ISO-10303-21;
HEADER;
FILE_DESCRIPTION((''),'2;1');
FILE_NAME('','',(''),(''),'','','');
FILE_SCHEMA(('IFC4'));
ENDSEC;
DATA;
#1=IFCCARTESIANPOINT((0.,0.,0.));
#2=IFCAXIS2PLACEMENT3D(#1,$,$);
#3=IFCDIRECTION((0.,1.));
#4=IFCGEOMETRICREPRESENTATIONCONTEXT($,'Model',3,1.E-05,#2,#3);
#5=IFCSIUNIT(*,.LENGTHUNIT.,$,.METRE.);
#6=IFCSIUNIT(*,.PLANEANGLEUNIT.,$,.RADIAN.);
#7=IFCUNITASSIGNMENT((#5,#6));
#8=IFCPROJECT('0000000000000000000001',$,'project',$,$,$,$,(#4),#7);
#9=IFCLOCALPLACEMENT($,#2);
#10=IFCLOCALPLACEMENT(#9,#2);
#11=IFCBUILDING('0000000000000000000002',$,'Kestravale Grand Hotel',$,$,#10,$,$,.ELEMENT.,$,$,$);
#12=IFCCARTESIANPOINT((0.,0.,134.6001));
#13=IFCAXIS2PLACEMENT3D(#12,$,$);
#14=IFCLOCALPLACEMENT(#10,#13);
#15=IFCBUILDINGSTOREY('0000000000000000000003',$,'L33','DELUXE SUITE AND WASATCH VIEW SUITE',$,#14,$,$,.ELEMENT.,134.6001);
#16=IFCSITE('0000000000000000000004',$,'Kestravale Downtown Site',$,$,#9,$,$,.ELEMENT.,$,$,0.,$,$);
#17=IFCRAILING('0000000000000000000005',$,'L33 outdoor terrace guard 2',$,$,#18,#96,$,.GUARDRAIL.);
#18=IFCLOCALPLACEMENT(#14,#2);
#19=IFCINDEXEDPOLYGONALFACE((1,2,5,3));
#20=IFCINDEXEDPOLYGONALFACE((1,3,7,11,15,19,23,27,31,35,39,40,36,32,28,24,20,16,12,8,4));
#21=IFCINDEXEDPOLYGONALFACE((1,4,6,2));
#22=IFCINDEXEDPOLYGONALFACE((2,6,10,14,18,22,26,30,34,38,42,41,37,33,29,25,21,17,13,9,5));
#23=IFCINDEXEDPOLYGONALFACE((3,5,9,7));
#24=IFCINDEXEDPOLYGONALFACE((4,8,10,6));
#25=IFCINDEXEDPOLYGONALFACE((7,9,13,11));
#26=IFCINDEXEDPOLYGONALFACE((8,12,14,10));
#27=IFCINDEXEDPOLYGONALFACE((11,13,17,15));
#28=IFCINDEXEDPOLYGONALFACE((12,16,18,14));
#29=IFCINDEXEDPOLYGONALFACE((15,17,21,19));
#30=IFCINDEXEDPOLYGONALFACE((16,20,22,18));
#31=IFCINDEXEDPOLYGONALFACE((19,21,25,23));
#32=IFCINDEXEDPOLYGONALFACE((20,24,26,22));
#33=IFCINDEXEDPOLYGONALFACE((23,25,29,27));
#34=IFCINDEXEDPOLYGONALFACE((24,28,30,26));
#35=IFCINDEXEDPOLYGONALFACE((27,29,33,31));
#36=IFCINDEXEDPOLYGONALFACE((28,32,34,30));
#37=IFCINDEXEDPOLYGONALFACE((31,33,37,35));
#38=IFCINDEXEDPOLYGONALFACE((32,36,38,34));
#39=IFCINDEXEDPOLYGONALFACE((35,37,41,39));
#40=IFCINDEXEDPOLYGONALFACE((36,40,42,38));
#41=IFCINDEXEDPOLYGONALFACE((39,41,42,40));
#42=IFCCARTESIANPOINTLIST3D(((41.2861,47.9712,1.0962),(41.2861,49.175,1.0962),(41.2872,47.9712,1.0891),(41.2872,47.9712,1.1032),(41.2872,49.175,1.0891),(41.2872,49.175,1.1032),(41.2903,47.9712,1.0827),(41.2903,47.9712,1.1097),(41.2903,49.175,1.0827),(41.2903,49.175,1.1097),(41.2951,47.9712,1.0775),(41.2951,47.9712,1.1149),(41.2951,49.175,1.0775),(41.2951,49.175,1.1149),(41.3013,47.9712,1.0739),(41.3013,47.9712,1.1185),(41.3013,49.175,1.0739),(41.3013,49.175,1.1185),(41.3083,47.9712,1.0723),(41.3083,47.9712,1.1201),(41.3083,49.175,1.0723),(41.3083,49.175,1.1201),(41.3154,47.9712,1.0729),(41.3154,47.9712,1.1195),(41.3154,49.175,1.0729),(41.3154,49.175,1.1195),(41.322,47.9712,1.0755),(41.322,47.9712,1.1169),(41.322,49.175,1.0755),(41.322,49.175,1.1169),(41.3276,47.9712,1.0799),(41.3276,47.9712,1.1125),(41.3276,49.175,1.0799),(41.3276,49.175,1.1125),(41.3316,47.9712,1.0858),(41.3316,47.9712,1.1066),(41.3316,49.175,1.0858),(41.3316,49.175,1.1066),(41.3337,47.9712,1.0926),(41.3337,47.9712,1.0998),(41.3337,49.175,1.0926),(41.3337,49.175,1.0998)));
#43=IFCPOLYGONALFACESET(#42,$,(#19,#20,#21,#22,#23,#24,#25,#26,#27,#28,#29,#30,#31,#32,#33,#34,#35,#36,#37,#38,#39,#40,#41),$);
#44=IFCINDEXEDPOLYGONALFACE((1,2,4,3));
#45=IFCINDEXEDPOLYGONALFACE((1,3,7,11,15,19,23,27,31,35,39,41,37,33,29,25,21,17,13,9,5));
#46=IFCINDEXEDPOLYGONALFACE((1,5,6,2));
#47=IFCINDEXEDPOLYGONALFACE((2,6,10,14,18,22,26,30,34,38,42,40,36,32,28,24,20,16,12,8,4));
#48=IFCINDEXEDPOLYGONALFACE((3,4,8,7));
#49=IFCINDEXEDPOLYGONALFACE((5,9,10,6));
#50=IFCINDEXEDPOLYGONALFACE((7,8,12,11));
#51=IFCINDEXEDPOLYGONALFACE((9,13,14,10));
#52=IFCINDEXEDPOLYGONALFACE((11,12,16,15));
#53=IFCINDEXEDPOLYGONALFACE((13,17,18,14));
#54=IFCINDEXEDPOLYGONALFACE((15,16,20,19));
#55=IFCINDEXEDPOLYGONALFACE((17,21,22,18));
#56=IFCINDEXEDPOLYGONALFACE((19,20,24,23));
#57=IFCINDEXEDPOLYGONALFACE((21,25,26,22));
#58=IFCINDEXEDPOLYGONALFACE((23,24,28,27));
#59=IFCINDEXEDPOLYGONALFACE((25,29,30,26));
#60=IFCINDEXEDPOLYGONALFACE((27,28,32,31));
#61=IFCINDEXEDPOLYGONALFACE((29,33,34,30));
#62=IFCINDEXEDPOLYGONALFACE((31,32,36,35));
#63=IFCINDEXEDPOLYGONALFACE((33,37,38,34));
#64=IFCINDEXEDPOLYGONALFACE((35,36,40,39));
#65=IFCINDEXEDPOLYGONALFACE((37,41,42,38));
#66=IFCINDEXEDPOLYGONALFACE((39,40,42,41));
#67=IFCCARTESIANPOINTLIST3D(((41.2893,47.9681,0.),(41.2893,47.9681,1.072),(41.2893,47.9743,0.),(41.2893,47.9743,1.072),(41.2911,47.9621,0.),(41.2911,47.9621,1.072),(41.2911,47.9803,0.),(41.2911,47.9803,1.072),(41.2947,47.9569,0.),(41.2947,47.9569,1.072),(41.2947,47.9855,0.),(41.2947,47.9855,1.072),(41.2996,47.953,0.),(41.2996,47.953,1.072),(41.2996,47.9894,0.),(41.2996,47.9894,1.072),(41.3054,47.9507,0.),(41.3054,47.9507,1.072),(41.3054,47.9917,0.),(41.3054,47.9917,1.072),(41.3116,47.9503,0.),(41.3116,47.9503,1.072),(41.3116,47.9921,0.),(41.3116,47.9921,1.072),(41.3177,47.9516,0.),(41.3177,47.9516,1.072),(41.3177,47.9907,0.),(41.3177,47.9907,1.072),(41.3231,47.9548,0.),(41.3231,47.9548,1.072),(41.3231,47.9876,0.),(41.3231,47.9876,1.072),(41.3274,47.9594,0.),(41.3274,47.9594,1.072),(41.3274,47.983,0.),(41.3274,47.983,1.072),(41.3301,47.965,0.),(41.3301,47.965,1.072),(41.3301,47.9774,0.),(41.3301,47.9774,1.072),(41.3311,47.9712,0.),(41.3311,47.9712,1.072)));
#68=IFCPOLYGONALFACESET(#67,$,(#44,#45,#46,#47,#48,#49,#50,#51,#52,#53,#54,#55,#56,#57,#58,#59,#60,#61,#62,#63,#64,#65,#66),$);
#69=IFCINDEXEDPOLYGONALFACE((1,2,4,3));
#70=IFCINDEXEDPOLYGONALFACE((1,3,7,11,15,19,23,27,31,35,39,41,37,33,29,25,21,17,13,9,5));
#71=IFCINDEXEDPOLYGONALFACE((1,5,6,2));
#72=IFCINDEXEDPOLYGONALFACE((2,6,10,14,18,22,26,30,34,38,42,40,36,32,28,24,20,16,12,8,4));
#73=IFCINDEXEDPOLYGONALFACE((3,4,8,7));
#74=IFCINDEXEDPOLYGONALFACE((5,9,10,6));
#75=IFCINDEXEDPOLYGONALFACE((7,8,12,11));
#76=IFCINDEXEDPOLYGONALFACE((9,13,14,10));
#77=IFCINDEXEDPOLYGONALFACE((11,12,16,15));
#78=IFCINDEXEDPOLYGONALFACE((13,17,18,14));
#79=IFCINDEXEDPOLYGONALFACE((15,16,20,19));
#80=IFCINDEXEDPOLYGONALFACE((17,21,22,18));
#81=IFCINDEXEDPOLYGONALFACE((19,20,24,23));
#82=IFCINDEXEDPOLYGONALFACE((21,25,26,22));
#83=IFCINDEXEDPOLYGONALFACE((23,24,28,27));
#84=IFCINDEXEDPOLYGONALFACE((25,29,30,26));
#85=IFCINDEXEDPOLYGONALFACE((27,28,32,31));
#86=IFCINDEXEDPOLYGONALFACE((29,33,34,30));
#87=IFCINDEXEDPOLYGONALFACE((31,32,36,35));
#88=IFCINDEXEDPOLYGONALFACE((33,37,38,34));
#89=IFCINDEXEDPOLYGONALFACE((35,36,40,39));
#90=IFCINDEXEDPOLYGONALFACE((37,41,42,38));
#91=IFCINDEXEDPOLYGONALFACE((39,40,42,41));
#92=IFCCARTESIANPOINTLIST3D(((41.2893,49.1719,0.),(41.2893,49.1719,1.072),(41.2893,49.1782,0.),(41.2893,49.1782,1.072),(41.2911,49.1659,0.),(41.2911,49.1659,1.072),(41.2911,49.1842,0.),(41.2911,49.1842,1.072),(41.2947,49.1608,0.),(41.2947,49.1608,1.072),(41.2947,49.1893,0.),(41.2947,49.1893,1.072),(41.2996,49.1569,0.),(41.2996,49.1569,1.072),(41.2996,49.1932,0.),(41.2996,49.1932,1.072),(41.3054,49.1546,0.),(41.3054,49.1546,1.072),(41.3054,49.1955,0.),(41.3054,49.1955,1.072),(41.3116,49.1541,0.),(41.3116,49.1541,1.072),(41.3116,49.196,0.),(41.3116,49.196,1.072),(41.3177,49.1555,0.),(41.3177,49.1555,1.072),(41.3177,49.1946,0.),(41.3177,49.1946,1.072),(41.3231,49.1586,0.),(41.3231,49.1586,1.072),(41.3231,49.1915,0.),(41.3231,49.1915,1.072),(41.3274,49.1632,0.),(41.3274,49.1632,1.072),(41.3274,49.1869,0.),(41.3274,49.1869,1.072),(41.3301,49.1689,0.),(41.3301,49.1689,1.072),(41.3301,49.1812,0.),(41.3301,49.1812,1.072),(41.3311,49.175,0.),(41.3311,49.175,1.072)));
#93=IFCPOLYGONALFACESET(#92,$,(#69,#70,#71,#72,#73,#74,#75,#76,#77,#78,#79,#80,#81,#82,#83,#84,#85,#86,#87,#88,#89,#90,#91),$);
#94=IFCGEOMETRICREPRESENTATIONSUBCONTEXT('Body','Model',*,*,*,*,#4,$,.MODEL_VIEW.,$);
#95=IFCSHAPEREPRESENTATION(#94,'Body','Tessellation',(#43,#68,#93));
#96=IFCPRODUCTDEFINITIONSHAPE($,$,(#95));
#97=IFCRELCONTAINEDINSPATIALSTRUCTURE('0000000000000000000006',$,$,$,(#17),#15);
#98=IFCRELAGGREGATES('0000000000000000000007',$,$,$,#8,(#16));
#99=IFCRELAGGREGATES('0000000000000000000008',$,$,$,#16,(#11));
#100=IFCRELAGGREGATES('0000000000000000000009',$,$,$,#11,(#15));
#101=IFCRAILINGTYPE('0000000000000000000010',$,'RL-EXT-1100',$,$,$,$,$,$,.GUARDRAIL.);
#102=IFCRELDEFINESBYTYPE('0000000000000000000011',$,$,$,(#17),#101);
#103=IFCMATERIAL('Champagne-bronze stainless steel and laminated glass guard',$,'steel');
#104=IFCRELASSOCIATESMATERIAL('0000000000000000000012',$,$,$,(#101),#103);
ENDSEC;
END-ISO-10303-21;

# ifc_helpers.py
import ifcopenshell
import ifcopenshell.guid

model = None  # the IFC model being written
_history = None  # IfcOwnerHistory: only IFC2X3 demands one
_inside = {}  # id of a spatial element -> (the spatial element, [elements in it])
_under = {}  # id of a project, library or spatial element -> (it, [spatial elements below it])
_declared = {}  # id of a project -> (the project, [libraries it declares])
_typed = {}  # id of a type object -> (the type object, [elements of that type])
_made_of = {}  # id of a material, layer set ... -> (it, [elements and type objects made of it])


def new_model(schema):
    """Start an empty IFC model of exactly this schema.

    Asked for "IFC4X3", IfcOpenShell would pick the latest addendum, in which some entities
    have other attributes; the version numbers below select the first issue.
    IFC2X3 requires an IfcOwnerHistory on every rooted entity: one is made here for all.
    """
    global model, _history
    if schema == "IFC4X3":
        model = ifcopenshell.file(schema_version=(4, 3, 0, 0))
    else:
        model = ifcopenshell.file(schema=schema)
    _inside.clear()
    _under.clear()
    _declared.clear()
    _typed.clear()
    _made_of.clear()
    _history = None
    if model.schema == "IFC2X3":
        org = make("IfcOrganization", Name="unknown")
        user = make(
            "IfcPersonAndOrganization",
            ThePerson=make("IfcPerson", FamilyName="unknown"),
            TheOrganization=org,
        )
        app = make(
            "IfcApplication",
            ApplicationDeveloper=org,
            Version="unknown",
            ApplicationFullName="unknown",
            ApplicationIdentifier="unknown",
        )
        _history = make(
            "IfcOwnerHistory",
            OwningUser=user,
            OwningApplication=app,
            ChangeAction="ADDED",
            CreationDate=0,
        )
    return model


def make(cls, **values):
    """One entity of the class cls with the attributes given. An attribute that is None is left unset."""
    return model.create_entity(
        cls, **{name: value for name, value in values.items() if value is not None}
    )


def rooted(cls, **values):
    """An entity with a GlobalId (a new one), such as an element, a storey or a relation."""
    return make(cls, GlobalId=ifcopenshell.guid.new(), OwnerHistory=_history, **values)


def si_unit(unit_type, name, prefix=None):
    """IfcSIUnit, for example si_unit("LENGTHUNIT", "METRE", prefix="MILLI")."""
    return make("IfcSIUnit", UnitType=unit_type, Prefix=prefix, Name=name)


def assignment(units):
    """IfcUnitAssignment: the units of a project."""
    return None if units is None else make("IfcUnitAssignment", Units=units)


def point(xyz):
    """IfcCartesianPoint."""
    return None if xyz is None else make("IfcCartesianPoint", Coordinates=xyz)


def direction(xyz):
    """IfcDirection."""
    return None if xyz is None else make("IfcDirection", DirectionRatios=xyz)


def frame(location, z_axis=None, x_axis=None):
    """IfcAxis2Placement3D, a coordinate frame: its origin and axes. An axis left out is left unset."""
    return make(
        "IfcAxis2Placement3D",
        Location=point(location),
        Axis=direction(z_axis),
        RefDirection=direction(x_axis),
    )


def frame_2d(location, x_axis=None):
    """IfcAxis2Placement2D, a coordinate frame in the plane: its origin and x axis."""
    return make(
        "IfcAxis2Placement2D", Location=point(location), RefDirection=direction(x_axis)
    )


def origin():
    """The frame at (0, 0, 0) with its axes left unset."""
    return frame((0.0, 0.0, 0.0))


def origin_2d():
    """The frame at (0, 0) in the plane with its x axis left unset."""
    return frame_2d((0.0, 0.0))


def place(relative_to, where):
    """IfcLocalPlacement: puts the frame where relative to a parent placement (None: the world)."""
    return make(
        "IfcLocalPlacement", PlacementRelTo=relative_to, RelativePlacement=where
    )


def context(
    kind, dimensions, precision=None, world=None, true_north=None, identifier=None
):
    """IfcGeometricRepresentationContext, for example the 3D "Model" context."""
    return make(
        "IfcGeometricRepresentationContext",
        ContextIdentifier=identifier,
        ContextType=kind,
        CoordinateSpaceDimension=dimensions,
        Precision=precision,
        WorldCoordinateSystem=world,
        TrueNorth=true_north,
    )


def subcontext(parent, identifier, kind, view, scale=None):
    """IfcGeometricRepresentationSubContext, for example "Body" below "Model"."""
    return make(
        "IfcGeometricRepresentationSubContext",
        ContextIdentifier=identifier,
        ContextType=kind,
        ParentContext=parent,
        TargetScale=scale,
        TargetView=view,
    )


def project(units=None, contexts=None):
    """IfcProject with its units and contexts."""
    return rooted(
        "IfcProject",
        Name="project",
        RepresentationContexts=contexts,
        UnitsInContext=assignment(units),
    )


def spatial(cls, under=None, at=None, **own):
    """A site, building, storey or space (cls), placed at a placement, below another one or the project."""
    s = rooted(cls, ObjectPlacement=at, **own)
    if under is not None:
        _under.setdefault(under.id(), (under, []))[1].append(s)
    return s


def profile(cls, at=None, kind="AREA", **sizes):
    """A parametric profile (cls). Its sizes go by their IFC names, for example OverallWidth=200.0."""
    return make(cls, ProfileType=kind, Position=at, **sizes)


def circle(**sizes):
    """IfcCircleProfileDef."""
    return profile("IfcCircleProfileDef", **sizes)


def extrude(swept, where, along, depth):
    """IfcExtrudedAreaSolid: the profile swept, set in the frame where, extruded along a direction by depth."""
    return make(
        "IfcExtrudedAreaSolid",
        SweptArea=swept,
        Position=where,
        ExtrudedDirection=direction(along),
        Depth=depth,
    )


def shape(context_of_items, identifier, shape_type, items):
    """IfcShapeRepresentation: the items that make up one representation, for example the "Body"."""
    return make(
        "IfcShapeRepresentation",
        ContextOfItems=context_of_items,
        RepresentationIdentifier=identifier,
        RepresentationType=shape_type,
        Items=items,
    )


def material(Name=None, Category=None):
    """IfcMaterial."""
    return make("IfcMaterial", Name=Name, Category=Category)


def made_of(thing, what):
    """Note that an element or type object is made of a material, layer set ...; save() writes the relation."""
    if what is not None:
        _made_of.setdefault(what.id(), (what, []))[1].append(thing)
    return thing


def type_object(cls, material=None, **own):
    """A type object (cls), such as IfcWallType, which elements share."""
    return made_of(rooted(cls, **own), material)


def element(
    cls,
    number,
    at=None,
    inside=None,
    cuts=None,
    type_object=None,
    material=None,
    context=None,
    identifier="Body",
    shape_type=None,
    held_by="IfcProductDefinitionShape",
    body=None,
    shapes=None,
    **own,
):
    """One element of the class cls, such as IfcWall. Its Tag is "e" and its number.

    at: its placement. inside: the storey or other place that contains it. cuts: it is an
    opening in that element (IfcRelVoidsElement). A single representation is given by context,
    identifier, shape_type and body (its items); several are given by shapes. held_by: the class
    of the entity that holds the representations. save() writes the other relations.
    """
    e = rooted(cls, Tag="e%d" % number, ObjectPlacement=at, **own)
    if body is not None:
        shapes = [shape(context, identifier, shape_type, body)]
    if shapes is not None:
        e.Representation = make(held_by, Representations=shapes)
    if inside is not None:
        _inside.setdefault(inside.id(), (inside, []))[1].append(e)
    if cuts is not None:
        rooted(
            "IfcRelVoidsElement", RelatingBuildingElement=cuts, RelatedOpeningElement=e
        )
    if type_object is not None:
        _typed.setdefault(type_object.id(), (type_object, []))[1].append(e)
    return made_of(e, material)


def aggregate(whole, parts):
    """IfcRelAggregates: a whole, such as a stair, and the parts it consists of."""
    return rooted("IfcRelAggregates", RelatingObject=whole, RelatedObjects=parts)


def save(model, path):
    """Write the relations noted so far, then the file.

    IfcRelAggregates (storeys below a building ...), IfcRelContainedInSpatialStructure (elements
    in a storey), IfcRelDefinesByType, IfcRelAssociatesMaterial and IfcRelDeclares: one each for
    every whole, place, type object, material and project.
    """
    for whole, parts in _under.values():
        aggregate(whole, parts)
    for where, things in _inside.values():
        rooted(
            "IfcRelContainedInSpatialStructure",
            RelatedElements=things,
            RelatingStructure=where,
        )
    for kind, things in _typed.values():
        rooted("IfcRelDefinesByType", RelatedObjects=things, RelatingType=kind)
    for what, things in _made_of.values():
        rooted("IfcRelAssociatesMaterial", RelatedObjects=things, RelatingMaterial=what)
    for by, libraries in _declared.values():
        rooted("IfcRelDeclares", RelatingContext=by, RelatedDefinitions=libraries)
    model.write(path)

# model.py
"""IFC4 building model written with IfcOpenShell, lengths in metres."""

from ifc_helpers import new_model, si_unit, direction, frame, origin, origin_2d, place, context, subcontext, project, spatial, circle, extrude, material, type_object, element, save


model = new_model("IFC4")

# Units and contexts
model_context = context("Model", 3, precision=1e-05, world=origin(), true_north=direction((0.0, 1.0)))
body_context = subcontext(model_context, "Body", "Model", "MODEL_VIEW")
ifc_project = project(units=[si_unit("LENGTHUNIT", "METRE"), si_unit("PLANEANGLEUNIT", "RADIAN")], contexts=[model_context])

# Site, building, storey
site_placement = place(None, origin())
site = spatial("IfcSite", under=ifc_project, at=site_placement, Name="Kestravale Downtown Site", CompositionType="ELEMENT", RefElevation=0.0)
building_placement = place(site_placement, origin())
building = spatial("IfcBuilding", under=site, at=building_placement, Name="Kestravale Grand Hotel", CompositionType="ELEMENT")
storey_placement = place(building_placement, frame((0.0, 0.0, 134.6001)))
storey = spatial("IfcBuildingStorey", under=building, at=storey_placement, Name="L33", Description="DELUXE SUITE AND WASATCH VIEW SUITE", CompositionType="ELEMENT", Elevation=134.6001)

# Railing
ifc_material_1 = material(Name="Champagne-bronze stainless steel and laminated glass guard", Category="steel")
railing_type_1 = type_object("IfcRailingType", Name="RL-EXT-1100", PredefinedType="GUARDRAIL", material=ifc_material_1)
railing_1_placement = place(storey_placement, frame((41.3101, 47.9712, 0.0)))
element("IfcRailing", 1, at=railing_1_placement, inside=storey, type_object=railing_type_1, Name="L33 outdoor terrace guard 2", PredefinedType="GUARDRAIL", context=body_context, shape_type="SweptSolid", body=[
    extrude(circle(Radius=0.0239, at=origin_2d()), frame((0.0, 0.0, 1.0962), z_axis=(0.0, 1.0, 0.0), x_axis=(-1.0, 0.0, 0.0)), (0.0, 0.0, 1.0), 1.2039),
    extrude(circle(Radius=0.021, at=origin_2d()), origin(), (0.0, 0.0, 1.0), 1.072),
    extrude(circle(Radius=0.021, at=origin_2d()), frame((0.0, 1.2039, 0.0)), (0.0, 0.0, 1.0), 1.072),
])

save(model, "model.ifc")
